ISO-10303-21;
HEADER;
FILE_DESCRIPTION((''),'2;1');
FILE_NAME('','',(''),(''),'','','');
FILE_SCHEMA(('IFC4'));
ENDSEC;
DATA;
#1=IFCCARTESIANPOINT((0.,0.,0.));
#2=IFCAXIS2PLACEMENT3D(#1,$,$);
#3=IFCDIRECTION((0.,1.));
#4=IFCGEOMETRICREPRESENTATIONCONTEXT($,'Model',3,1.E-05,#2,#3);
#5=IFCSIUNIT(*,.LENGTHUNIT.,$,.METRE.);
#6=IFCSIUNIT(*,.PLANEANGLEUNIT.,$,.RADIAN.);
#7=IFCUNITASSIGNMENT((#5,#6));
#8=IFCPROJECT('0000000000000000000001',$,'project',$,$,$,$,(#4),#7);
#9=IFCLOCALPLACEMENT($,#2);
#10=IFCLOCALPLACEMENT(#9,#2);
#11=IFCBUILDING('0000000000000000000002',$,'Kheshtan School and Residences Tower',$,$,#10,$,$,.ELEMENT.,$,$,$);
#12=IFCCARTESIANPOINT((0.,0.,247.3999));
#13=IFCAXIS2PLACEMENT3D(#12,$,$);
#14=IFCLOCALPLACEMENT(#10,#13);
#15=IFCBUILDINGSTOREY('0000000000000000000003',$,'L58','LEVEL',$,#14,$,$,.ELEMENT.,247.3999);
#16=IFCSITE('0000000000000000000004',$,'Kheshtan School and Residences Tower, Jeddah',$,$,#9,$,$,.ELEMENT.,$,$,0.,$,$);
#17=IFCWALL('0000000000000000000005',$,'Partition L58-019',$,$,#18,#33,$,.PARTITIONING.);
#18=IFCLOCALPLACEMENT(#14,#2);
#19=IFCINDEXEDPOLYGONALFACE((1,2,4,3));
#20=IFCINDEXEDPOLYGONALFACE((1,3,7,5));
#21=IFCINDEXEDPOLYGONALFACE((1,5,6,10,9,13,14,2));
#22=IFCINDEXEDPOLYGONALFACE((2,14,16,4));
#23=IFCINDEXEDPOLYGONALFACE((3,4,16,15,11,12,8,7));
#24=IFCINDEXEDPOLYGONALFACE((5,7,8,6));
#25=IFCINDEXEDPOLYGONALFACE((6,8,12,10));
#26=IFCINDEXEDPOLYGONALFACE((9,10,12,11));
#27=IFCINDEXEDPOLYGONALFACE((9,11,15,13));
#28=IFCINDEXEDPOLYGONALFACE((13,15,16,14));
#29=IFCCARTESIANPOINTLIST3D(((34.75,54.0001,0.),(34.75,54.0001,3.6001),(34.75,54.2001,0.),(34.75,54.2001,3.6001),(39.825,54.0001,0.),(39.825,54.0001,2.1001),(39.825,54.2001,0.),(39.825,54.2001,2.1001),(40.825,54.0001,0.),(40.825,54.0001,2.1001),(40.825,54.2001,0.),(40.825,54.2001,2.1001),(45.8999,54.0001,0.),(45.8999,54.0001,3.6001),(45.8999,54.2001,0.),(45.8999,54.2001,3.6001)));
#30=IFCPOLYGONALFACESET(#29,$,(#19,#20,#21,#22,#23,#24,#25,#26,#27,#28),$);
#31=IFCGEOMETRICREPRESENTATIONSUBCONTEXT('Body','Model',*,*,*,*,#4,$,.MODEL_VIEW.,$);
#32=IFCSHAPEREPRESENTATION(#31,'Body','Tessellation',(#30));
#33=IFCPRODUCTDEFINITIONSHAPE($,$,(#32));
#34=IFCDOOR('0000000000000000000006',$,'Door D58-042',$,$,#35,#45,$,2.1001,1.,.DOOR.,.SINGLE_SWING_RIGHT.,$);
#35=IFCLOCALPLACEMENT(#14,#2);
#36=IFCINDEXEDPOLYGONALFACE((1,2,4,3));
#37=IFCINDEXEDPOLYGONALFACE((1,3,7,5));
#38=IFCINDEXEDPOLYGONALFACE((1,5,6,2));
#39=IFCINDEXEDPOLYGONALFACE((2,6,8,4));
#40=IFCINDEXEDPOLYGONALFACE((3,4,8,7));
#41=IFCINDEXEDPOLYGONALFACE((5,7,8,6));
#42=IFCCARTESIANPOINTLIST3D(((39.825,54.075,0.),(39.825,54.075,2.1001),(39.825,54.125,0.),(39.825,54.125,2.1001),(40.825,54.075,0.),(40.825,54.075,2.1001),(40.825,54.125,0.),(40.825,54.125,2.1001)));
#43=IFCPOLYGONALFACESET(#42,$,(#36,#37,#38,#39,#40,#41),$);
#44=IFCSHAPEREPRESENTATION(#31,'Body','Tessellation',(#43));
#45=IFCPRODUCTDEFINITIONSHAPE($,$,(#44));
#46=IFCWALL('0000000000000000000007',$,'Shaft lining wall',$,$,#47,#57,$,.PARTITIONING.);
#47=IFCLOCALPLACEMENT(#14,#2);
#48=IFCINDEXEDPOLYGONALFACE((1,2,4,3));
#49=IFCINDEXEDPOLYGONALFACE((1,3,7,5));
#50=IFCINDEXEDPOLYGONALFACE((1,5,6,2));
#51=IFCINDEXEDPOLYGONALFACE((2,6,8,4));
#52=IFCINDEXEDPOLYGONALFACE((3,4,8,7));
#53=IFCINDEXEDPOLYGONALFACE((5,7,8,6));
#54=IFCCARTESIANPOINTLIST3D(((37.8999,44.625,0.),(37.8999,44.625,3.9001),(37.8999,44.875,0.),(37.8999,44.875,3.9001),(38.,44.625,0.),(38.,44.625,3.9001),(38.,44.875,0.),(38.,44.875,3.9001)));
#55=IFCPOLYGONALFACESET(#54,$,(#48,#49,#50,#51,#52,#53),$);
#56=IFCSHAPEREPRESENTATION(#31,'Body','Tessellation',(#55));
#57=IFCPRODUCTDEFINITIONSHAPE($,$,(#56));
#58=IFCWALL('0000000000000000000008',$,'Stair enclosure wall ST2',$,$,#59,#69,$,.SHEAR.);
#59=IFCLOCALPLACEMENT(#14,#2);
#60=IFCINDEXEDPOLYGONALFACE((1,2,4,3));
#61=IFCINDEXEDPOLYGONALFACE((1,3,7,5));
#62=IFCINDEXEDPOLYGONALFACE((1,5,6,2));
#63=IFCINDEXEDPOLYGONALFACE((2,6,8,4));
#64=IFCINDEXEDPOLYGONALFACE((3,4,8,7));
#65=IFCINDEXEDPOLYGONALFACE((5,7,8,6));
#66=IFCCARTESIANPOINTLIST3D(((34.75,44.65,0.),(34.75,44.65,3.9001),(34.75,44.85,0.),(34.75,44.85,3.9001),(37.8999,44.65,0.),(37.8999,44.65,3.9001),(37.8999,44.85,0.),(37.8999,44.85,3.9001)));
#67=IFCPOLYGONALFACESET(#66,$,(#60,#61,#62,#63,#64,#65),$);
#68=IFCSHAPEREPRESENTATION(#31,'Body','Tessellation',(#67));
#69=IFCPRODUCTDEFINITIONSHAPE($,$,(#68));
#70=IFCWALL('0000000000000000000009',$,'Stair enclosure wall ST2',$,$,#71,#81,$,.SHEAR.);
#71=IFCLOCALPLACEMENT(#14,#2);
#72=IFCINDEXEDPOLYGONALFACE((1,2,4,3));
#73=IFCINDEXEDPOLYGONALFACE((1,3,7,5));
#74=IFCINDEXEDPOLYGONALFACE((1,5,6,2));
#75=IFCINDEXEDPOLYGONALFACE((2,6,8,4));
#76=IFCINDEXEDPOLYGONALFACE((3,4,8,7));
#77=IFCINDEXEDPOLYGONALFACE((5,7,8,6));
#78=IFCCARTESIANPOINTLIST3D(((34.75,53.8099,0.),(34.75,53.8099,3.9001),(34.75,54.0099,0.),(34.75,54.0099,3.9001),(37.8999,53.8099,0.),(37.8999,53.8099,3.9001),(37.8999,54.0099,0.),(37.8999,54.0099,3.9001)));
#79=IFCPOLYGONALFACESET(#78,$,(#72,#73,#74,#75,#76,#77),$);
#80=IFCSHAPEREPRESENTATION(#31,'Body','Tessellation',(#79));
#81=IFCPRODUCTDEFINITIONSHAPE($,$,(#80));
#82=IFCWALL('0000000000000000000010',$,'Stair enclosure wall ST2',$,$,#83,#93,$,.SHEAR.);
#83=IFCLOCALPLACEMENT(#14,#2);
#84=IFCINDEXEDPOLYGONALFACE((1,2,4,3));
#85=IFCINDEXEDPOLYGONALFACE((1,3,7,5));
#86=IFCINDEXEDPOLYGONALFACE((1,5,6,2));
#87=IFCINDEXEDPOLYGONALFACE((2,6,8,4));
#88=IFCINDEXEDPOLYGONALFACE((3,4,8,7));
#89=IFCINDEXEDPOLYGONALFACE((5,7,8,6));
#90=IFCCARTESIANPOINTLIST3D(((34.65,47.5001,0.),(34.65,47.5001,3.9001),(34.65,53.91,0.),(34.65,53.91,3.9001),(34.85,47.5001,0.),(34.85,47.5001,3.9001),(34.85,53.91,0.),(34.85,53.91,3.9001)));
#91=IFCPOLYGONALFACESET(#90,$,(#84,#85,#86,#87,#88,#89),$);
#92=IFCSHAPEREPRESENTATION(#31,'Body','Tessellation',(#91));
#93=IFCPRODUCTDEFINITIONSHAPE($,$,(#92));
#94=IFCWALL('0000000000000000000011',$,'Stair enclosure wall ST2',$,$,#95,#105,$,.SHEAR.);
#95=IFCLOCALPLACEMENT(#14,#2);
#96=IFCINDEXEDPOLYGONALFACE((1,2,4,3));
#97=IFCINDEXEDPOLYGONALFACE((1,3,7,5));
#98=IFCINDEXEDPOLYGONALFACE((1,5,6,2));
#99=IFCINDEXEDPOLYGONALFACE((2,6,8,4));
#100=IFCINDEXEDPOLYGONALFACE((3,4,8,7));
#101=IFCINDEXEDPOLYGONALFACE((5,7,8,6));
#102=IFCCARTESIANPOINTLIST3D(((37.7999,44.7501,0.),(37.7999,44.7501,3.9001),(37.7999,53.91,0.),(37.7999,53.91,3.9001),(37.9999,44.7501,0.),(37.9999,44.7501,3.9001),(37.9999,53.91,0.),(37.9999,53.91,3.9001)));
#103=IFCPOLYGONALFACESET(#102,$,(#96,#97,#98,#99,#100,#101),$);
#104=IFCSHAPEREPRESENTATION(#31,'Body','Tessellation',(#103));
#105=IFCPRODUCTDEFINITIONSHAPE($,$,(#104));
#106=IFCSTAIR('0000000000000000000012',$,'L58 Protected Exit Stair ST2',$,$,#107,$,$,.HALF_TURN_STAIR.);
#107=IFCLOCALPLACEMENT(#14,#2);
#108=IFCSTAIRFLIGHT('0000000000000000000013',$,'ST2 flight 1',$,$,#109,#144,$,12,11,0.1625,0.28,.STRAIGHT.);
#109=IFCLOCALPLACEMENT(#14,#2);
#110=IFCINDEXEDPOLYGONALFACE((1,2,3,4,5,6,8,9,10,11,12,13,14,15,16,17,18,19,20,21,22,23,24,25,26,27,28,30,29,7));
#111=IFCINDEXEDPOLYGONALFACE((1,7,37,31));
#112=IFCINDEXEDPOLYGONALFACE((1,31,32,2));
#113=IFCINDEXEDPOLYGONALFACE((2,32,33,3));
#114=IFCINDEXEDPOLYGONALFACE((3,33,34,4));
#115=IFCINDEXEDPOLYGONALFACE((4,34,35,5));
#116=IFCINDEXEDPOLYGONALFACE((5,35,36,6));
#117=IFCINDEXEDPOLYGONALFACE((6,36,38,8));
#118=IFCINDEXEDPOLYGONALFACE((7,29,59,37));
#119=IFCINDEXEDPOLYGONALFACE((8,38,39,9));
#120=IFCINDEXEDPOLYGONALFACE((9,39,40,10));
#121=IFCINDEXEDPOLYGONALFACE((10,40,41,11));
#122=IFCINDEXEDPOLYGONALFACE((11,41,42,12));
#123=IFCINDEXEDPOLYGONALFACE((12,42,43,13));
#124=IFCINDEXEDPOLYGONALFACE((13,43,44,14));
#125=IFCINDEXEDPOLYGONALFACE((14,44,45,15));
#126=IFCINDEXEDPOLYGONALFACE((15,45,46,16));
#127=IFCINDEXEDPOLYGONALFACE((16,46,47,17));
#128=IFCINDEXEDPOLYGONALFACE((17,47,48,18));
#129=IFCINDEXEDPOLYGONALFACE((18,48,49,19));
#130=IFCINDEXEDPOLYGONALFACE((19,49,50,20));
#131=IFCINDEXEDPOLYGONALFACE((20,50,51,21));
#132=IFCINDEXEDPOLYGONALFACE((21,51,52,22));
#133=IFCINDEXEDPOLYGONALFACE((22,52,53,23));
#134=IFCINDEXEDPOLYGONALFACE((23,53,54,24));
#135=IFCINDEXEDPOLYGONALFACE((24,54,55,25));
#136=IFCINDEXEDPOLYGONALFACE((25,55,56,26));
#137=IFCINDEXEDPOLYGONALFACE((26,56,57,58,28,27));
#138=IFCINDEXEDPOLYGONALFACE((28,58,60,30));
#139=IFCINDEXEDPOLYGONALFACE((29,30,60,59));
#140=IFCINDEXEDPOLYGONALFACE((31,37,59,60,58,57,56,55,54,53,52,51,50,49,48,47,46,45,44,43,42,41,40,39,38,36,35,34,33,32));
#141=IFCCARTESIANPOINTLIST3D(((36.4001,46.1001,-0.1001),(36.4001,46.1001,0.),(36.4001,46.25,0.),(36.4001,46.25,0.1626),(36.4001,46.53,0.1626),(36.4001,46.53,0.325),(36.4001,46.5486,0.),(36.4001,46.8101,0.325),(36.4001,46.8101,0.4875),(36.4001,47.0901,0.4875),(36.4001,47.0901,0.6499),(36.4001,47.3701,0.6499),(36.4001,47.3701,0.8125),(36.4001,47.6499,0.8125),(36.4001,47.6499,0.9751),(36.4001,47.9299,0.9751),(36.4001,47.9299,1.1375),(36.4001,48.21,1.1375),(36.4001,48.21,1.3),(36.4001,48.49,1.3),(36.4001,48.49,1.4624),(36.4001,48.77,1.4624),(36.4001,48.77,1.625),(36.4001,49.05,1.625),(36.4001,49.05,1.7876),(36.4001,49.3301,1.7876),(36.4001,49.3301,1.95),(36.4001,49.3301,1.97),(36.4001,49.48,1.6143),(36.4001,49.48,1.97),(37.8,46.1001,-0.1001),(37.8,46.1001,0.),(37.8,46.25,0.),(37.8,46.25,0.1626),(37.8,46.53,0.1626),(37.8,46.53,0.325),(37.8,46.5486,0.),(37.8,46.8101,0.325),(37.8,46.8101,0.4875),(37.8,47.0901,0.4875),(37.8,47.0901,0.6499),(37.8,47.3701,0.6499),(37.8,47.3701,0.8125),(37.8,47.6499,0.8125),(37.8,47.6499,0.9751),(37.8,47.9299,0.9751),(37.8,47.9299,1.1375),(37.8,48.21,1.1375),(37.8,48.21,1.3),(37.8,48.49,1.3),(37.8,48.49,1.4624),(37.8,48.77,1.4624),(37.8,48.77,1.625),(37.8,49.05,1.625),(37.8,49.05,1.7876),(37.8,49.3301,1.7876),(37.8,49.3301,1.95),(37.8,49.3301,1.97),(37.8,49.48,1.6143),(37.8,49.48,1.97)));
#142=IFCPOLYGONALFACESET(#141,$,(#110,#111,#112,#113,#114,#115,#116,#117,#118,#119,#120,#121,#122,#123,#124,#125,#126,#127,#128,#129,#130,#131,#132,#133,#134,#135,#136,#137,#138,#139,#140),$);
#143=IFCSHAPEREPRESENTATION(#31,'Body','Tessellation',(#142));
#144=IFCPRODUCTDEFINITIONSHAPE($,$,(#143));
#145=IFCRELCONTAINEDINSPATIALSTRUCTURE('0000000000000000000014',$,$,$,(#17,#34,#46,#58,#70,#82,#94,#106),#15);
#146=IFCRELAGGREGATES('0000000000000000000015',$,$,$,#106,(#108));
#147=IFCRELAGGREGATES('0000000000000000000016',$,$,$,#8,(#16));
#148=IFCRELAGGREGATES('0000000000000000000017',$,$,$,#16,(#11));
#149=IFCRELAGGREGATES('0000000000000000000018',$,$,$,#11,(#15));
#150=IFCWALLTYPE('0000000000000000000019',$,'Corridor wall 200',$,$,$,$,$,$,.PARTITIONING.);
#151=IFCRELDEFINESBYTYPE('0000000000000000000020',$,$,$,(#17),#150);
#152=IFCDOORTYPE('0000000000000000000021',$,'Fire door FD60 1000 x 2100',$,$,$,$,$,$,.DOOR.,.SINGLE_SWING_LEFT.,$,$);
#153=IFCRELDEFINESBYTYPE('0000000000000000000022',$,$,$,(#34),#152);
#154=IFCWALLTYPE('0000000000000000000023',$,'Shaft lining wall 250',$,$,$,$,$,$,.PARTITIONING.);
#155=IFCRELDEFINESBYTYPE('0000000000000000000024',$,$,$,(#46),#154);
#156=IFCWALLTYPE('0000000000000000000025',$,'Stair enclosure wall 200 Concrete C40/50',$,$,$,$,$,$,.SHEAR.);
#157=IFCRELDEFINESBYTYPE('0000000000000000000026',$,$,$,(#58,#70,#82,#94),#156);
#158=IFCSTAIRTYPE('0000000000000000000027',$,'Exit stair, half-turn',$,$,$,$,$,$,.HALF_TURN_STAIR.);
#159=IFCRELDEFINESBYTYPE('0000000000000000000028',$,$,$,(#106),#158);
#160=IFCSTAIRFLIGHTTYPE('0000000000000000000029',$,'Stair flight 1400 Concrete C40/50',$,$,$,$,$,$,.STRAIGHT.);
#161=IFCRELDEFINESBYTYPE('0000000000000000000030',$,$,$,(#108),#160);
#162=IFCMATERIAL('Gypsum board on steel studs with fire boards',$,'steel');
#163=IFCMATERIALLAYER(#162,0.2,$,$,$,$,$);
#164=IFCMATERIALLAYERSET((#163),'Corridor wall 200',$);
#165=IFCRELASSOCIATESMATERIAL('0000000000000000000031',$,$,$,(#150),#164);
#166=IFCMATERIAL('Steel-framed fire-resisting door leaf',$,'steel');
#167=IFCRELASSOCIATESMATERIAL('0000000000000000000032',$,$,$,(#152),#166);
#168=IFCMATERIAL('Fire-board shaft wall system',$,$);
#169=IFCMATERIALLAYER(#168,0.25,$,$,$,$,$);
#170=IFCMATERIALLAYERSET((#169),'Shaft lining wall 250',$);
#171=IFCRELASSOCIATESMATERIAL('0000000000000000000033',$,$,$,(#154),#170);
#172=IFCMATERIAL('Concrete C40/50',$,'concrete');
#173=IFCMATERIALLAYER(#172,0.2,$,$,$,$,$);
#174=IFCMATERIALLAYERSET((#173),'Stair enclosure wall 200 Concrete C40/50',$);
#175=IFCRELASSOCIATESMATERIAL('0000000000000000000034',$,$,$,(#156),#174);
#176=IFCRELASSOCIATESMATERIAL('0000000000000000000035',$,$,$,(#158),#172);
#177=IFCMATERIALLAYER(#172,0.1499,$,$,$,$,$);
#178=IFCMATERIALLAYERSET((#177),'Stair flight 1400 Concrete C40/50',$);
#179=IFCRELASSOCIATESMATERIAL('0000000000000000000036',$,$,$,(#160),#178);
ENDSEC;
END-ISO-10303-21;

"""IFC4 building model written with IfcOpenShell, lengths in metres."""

from ifc_helpers import new_model, si_unit, direction, frame, frame_2d, origin, place, context, subcontext, project, spatial, polyline, rectangle, outline, extrude, source, transform, mapped, material, layer, layer_set, type_object, element, fill, aggregate, save


model = new_model("IFC4")

# Units and contexts
model_context = context("Model", 3, precision=1e-05, world=origin(), true_north=direction((0.0, 1.0)))
body_context = subcontext(model_context, "Body", "Model", "MODEL_VIEW")
ifc_project = project(units=[si_unit("LENGTHUNIT", "METRE"), si_unit("PLANEANGLEUNIT", "RADIAN")], contexts=[model_context])

# Site, building, storey
site_placement = place(None, origin())
site = spatial("IfcSite", under=ifc_project, at=site_placement, Name="Kheshtan School and Residences Tower, Jeddah", CompositionType="ELEMENT", RefElevation=0.0)
building_placement = place(site_placement, origin())
building = spatial("IfcBuilding", under=site, at=building_placement, Name="Kheshtan School and Residences Tower", CompositionType="ELEMENT")
storey_placement = place(building_placement, frame((0.0, 0.0, 247.3999)))
storey = spatial("IfcBuildingStorey", under=building, at=storey_placement, Name="L58", Description="LEVEL", CompositionType="ELEMENT", Elevation=247.3999)

# Shared definitions
ifc_material_1 = material(Name="Gypsum board on steel studs with fire boards", Category="steel")
ifc_layer_1 = layer(ifc_material_1, 0.2)
ifc_layer_set_1 = layer_set([ifc_layer_1], Name="Corridor wall 200")
wall_type_1 = type_object("IfcWallType", Name="Corridor wall 200", PredefinedType="PARTITIONING", material=ifc_layer_set_1)
ifc_material_2 = material(Name="Steel-framed fire-resisting door leaf", Category="steel")

# Wall, opening, door
wall_1_placement = place(storey_placement, frame((34.75, 54.1001, 0.0), z_axis=(0.0, 0.0, 1.0), x_axis=(1.0, 0.0, 0.0)))
wall_1 = element("IfcWall", 1, at=wall_1_placement, inside=storey, type_object=wall_type_1, Name="Partition L58-019", PredefinedType="PARTITIONING", context=body_context, shape_type="SweptSolid", body=[
    extrude(rectangle(XDim=11.1499, YDim=0.2, at=frame_2d((5.575, 0.0))), origin(), (0.0, 0.0, 1.0), 3.6001),
])
opening_1_placement = place(wall_1_placement, frame((5.075, 0.0, 0.0)))
opening_1 = element("IfcOpeningElement", 2, at=opening_1_placement, cuts=wall_1, PredefinedType="OPENING", context=body_context, shape_type="SweptSolid", body=[
    extrude(rectangle(XDim=1.0, YDim=2.1001, at=frame_2d((0.5, 1.05))), frame((0.0, 0.1099, 0.0), z_axis=(0.0, -1.0, 0.0), x_axis=(1.0, 0.0, 0.0)), (0.0, 0.0, 1.0), 0.22),
])
door_type_1 = type_object("IfcDoorType", Name="Fire door FD60 1000 x 2100", OperationType="SINGLE_SWING_LEFT", PredefinedType="DOOR", material=ifc_material_2)
shared_shape_1 = source(origin(), body_context, "Body", "SweptSolid", [
    extrude(rectangle(XDim=1.0, YDim=2.1001, at=frame_2d((0.5, 1.05))), frame((0.0, 0.0249, 0.0), z_axis=(0.0, -1.0, 0.0), x_axis=(1.0, 0.0, 0.0)), (0.0, 0.0, 1.0), 0.05),
])
door_1_placement = place(opening_1_placement, origin())
door_1 = element("IfcDoor", 3, at=door_1_placement, inside=storey, type_object=door_type_1, Name="Door D58-042", OperationType="SINGLE_SWING_RIGHT", OverallHeight=2.1001, OverallWidth=1.0, PredefinedType="DOOR", context=body_context, shape_type="MappedRepresentation", body=[
    mapped(shared_shape_1, transform((0.0, 0.0, 0.0), x_axis=(1.0, 0.0, 0.0), y_axis=(0.0, 1.0, 0.0), z_axis=(0.0, 0.0, 1.0), scale=1.0)),
])
fill(opening_1, door_1)

# Walls
ifc_material_3 = material(Name="Fire-board shaft wall system")
ifc_layer_2 = layer(ifc_material_3, 0.25)
ifc_layer_set_2 = layer_set([ifc_layer_2], Name="Shaft lining wall 250")
wall_type_2 = type_object("IfcWallType", Name="Shaft lining wall 250", PredefinedType="PARTITIONING", material=ifc_layer_set_2)
wall_2_placement = place(storey_placement, frame((37.8999, 44.75, 0.0), z_axis=(0.0, 0.0, 1.0), x_axis=(1.0, 0.0, 0.0)))
element("IfcWall", 4, at=wall_2_placement, inside=storey, type_object=wall_type_2, Name="Shaft lining wall", PredefinedType="PARTITIONING", context=body_context, shape_type="SweptSolid", body=[
    extrude(rectangle(XDim=0.1001, YDim=0.25, at=frame_2d((0.05, 0.0))), origin(), (0.0, 0.0, 1.0), 3.9001),
])
ifc_material_4 = material(Name="Concrete C40/50", Category="concrete")
ifc_layer_3 = layer(ifc_material_4, 0.2)
ifc_layer_set_3 = layer_set([ifc_layer_3], Name="Stair enclosure wall 200 Concrete C40/50")
wall_type_3 = type_object("IfcWallType", Name="Stair enclosure wall 200 Concrete C40/50", PredefinedType="SHEAR", material=ifc_layer_set_3)
for number, where, z_axis, x_axis, name in (
    (5, (34.75, 44.75, 0.0), (0.0, 0.0, 1.0), (1.0, 0.0, 0.0), "Stair enclosure wall ST2"),
    (6, (34.75, 53.9099, 0.0), (0.0, 0.0, 1.0), (1.0, 0.0, 0.0), "Stair enclosure wall ST2"),
):
    element("IfcWall", number, at=place(storey_placement, frame(where, z_axis=z_axis, x_axis=x_axis)), inside=storey, type_object=wall_type_3, Name=name, PredefinedType="SHEAR", context=body_context, shape_type="SweptSolid", body=[
        extrude(rectangle(XDim=3.1499, YDim=0.2, at=frame_2d((1.575, 0.0))), origin(), (0.0, 0.0, 1.0), 3.9001),
    ])
wall_3_placement = place(storey_placement, frame((34.75, 47.5, 0.0), z_axis=(0.0, 0.0, 1.0), x_axis=(0.0, 1.0, 0.0)))
element("IfcWall", 7, at=wall_3_placement, inside=storey, type_object=wall_type_3, Name="Stair enclosure wall ST2", PredefinedType="SHEAR", context=body_context, shape_type="SweptSolid", body=[
    extrude(rectangle(XDim=6.4099, YDim=0.2, at=frame_2d((3.2051, 0.0))), origin(), (0.0, 0.0, 1.0), 3.9001),
])
wall_4_placement = place(storey_placement, frame((37.8999, 44.75, 0.0), z_axis=(0.0, 0.0, 1.0), x_axis=(0.0, 1.0, 0.0)))
element("IfcWall", 8, at=wall_4_placement, inside=storey, type_object=wall_type_3, Name="Stair enclosure wall ST2", PredefinedType="SHEAR", context=body_context, shape_type="SweptSolid", body=[
    extrude(rectangle(XDim=9.1599, YDim=0.2, at=frame_2d((4.5801, 0.0))), origin(), (0.0, 0.0, 1.0), 3.9001),
])

# Stair, stair flight
stair_type = type_object("IfcStairType", Name="Exit stair, half-turn", PredefinedType="HALF_TURN_STAIR", material=ifc_material_4)
stair_placement = place(storey_placement, origin())
stair = element("IfcStair", 9, at=stair_placement, inside=storey, type_object=stair_type, Name="L58 Protected Exit Stair ST2", PredefinedType="HALF_TURN_STAIR")
ifc_layer_4 = layer(ifc_material_4, 0.1499)
ifc_layer_set_4 = layer_set([ifc_layer_4], Name="Stair flight 1400 Concrete C40/50")
stair_flight_type = type_object("IfcStairFlightType", Name="Stair flight 1400 Concrete C40/50", PredefinedType="STRAIGHT", material=ifc_layer_set_4)
stair_flight_1_placement = place(storey_placement, frame((37.1001, 46.25, 0.0), z_axis=(0.0, 0.0, 1.0), x_axis=(0.0, 1.0, 0.0)))
stair_flight_1 = element("IfcStairFlight", 10, at=stair_flight_1_placement, type_object=stair_flight_type, Name="ST2 flight 1", NumberOfRisers=12, NumberOfTreads=11, PredefinedType="STRAIGHT", RiserHeight=0.1625, TreadLength=0.28, context=body_context, shape_type="SweptSolid", body=[
    extrude(outline(polyline([(-0.1499, -0.1001), (-0.1499, 0.0), (0.0, 0.0), (0.0, 0.1626), (0.28, 0.1626), (0.28, 0.325), (0.5601, 0.325), (0.5601, 0.4875), (0.8401, 0.4875), (0.8401, 0.6499), (1.1201, 0.6499), (1.1201, 0.8125), (1.3999, 0.8125), (1.3999, 0.9751), (1.6799, 0.9751), (1.6799, 1.1375), (1.96, 1.1375), (1.96, 1.3), (2.24, 1.3), (2.24, 1.4624), (2.52, 1.4624), (2.52, 1.625), (2.8, 1.625), (2.8, 1.7876), (3.0801, 1.7876), (3.0801, 1.95), (3.0801, 1.97), (3.23, 1.97), (3.23, 1.6143), (0.2986, 0.0), (-0.1499, -0.1001)])), frame((0.0, 0.7, 0.0), z_axis=(0.0, -1.0, 0.0), x_axis=(1.0, 0.0, 0.0)), (0.0, 0.0, 1.0), 1.3999),
])
aggregate(stair, [stair_flight_1])

save(model, "model.ifc")
